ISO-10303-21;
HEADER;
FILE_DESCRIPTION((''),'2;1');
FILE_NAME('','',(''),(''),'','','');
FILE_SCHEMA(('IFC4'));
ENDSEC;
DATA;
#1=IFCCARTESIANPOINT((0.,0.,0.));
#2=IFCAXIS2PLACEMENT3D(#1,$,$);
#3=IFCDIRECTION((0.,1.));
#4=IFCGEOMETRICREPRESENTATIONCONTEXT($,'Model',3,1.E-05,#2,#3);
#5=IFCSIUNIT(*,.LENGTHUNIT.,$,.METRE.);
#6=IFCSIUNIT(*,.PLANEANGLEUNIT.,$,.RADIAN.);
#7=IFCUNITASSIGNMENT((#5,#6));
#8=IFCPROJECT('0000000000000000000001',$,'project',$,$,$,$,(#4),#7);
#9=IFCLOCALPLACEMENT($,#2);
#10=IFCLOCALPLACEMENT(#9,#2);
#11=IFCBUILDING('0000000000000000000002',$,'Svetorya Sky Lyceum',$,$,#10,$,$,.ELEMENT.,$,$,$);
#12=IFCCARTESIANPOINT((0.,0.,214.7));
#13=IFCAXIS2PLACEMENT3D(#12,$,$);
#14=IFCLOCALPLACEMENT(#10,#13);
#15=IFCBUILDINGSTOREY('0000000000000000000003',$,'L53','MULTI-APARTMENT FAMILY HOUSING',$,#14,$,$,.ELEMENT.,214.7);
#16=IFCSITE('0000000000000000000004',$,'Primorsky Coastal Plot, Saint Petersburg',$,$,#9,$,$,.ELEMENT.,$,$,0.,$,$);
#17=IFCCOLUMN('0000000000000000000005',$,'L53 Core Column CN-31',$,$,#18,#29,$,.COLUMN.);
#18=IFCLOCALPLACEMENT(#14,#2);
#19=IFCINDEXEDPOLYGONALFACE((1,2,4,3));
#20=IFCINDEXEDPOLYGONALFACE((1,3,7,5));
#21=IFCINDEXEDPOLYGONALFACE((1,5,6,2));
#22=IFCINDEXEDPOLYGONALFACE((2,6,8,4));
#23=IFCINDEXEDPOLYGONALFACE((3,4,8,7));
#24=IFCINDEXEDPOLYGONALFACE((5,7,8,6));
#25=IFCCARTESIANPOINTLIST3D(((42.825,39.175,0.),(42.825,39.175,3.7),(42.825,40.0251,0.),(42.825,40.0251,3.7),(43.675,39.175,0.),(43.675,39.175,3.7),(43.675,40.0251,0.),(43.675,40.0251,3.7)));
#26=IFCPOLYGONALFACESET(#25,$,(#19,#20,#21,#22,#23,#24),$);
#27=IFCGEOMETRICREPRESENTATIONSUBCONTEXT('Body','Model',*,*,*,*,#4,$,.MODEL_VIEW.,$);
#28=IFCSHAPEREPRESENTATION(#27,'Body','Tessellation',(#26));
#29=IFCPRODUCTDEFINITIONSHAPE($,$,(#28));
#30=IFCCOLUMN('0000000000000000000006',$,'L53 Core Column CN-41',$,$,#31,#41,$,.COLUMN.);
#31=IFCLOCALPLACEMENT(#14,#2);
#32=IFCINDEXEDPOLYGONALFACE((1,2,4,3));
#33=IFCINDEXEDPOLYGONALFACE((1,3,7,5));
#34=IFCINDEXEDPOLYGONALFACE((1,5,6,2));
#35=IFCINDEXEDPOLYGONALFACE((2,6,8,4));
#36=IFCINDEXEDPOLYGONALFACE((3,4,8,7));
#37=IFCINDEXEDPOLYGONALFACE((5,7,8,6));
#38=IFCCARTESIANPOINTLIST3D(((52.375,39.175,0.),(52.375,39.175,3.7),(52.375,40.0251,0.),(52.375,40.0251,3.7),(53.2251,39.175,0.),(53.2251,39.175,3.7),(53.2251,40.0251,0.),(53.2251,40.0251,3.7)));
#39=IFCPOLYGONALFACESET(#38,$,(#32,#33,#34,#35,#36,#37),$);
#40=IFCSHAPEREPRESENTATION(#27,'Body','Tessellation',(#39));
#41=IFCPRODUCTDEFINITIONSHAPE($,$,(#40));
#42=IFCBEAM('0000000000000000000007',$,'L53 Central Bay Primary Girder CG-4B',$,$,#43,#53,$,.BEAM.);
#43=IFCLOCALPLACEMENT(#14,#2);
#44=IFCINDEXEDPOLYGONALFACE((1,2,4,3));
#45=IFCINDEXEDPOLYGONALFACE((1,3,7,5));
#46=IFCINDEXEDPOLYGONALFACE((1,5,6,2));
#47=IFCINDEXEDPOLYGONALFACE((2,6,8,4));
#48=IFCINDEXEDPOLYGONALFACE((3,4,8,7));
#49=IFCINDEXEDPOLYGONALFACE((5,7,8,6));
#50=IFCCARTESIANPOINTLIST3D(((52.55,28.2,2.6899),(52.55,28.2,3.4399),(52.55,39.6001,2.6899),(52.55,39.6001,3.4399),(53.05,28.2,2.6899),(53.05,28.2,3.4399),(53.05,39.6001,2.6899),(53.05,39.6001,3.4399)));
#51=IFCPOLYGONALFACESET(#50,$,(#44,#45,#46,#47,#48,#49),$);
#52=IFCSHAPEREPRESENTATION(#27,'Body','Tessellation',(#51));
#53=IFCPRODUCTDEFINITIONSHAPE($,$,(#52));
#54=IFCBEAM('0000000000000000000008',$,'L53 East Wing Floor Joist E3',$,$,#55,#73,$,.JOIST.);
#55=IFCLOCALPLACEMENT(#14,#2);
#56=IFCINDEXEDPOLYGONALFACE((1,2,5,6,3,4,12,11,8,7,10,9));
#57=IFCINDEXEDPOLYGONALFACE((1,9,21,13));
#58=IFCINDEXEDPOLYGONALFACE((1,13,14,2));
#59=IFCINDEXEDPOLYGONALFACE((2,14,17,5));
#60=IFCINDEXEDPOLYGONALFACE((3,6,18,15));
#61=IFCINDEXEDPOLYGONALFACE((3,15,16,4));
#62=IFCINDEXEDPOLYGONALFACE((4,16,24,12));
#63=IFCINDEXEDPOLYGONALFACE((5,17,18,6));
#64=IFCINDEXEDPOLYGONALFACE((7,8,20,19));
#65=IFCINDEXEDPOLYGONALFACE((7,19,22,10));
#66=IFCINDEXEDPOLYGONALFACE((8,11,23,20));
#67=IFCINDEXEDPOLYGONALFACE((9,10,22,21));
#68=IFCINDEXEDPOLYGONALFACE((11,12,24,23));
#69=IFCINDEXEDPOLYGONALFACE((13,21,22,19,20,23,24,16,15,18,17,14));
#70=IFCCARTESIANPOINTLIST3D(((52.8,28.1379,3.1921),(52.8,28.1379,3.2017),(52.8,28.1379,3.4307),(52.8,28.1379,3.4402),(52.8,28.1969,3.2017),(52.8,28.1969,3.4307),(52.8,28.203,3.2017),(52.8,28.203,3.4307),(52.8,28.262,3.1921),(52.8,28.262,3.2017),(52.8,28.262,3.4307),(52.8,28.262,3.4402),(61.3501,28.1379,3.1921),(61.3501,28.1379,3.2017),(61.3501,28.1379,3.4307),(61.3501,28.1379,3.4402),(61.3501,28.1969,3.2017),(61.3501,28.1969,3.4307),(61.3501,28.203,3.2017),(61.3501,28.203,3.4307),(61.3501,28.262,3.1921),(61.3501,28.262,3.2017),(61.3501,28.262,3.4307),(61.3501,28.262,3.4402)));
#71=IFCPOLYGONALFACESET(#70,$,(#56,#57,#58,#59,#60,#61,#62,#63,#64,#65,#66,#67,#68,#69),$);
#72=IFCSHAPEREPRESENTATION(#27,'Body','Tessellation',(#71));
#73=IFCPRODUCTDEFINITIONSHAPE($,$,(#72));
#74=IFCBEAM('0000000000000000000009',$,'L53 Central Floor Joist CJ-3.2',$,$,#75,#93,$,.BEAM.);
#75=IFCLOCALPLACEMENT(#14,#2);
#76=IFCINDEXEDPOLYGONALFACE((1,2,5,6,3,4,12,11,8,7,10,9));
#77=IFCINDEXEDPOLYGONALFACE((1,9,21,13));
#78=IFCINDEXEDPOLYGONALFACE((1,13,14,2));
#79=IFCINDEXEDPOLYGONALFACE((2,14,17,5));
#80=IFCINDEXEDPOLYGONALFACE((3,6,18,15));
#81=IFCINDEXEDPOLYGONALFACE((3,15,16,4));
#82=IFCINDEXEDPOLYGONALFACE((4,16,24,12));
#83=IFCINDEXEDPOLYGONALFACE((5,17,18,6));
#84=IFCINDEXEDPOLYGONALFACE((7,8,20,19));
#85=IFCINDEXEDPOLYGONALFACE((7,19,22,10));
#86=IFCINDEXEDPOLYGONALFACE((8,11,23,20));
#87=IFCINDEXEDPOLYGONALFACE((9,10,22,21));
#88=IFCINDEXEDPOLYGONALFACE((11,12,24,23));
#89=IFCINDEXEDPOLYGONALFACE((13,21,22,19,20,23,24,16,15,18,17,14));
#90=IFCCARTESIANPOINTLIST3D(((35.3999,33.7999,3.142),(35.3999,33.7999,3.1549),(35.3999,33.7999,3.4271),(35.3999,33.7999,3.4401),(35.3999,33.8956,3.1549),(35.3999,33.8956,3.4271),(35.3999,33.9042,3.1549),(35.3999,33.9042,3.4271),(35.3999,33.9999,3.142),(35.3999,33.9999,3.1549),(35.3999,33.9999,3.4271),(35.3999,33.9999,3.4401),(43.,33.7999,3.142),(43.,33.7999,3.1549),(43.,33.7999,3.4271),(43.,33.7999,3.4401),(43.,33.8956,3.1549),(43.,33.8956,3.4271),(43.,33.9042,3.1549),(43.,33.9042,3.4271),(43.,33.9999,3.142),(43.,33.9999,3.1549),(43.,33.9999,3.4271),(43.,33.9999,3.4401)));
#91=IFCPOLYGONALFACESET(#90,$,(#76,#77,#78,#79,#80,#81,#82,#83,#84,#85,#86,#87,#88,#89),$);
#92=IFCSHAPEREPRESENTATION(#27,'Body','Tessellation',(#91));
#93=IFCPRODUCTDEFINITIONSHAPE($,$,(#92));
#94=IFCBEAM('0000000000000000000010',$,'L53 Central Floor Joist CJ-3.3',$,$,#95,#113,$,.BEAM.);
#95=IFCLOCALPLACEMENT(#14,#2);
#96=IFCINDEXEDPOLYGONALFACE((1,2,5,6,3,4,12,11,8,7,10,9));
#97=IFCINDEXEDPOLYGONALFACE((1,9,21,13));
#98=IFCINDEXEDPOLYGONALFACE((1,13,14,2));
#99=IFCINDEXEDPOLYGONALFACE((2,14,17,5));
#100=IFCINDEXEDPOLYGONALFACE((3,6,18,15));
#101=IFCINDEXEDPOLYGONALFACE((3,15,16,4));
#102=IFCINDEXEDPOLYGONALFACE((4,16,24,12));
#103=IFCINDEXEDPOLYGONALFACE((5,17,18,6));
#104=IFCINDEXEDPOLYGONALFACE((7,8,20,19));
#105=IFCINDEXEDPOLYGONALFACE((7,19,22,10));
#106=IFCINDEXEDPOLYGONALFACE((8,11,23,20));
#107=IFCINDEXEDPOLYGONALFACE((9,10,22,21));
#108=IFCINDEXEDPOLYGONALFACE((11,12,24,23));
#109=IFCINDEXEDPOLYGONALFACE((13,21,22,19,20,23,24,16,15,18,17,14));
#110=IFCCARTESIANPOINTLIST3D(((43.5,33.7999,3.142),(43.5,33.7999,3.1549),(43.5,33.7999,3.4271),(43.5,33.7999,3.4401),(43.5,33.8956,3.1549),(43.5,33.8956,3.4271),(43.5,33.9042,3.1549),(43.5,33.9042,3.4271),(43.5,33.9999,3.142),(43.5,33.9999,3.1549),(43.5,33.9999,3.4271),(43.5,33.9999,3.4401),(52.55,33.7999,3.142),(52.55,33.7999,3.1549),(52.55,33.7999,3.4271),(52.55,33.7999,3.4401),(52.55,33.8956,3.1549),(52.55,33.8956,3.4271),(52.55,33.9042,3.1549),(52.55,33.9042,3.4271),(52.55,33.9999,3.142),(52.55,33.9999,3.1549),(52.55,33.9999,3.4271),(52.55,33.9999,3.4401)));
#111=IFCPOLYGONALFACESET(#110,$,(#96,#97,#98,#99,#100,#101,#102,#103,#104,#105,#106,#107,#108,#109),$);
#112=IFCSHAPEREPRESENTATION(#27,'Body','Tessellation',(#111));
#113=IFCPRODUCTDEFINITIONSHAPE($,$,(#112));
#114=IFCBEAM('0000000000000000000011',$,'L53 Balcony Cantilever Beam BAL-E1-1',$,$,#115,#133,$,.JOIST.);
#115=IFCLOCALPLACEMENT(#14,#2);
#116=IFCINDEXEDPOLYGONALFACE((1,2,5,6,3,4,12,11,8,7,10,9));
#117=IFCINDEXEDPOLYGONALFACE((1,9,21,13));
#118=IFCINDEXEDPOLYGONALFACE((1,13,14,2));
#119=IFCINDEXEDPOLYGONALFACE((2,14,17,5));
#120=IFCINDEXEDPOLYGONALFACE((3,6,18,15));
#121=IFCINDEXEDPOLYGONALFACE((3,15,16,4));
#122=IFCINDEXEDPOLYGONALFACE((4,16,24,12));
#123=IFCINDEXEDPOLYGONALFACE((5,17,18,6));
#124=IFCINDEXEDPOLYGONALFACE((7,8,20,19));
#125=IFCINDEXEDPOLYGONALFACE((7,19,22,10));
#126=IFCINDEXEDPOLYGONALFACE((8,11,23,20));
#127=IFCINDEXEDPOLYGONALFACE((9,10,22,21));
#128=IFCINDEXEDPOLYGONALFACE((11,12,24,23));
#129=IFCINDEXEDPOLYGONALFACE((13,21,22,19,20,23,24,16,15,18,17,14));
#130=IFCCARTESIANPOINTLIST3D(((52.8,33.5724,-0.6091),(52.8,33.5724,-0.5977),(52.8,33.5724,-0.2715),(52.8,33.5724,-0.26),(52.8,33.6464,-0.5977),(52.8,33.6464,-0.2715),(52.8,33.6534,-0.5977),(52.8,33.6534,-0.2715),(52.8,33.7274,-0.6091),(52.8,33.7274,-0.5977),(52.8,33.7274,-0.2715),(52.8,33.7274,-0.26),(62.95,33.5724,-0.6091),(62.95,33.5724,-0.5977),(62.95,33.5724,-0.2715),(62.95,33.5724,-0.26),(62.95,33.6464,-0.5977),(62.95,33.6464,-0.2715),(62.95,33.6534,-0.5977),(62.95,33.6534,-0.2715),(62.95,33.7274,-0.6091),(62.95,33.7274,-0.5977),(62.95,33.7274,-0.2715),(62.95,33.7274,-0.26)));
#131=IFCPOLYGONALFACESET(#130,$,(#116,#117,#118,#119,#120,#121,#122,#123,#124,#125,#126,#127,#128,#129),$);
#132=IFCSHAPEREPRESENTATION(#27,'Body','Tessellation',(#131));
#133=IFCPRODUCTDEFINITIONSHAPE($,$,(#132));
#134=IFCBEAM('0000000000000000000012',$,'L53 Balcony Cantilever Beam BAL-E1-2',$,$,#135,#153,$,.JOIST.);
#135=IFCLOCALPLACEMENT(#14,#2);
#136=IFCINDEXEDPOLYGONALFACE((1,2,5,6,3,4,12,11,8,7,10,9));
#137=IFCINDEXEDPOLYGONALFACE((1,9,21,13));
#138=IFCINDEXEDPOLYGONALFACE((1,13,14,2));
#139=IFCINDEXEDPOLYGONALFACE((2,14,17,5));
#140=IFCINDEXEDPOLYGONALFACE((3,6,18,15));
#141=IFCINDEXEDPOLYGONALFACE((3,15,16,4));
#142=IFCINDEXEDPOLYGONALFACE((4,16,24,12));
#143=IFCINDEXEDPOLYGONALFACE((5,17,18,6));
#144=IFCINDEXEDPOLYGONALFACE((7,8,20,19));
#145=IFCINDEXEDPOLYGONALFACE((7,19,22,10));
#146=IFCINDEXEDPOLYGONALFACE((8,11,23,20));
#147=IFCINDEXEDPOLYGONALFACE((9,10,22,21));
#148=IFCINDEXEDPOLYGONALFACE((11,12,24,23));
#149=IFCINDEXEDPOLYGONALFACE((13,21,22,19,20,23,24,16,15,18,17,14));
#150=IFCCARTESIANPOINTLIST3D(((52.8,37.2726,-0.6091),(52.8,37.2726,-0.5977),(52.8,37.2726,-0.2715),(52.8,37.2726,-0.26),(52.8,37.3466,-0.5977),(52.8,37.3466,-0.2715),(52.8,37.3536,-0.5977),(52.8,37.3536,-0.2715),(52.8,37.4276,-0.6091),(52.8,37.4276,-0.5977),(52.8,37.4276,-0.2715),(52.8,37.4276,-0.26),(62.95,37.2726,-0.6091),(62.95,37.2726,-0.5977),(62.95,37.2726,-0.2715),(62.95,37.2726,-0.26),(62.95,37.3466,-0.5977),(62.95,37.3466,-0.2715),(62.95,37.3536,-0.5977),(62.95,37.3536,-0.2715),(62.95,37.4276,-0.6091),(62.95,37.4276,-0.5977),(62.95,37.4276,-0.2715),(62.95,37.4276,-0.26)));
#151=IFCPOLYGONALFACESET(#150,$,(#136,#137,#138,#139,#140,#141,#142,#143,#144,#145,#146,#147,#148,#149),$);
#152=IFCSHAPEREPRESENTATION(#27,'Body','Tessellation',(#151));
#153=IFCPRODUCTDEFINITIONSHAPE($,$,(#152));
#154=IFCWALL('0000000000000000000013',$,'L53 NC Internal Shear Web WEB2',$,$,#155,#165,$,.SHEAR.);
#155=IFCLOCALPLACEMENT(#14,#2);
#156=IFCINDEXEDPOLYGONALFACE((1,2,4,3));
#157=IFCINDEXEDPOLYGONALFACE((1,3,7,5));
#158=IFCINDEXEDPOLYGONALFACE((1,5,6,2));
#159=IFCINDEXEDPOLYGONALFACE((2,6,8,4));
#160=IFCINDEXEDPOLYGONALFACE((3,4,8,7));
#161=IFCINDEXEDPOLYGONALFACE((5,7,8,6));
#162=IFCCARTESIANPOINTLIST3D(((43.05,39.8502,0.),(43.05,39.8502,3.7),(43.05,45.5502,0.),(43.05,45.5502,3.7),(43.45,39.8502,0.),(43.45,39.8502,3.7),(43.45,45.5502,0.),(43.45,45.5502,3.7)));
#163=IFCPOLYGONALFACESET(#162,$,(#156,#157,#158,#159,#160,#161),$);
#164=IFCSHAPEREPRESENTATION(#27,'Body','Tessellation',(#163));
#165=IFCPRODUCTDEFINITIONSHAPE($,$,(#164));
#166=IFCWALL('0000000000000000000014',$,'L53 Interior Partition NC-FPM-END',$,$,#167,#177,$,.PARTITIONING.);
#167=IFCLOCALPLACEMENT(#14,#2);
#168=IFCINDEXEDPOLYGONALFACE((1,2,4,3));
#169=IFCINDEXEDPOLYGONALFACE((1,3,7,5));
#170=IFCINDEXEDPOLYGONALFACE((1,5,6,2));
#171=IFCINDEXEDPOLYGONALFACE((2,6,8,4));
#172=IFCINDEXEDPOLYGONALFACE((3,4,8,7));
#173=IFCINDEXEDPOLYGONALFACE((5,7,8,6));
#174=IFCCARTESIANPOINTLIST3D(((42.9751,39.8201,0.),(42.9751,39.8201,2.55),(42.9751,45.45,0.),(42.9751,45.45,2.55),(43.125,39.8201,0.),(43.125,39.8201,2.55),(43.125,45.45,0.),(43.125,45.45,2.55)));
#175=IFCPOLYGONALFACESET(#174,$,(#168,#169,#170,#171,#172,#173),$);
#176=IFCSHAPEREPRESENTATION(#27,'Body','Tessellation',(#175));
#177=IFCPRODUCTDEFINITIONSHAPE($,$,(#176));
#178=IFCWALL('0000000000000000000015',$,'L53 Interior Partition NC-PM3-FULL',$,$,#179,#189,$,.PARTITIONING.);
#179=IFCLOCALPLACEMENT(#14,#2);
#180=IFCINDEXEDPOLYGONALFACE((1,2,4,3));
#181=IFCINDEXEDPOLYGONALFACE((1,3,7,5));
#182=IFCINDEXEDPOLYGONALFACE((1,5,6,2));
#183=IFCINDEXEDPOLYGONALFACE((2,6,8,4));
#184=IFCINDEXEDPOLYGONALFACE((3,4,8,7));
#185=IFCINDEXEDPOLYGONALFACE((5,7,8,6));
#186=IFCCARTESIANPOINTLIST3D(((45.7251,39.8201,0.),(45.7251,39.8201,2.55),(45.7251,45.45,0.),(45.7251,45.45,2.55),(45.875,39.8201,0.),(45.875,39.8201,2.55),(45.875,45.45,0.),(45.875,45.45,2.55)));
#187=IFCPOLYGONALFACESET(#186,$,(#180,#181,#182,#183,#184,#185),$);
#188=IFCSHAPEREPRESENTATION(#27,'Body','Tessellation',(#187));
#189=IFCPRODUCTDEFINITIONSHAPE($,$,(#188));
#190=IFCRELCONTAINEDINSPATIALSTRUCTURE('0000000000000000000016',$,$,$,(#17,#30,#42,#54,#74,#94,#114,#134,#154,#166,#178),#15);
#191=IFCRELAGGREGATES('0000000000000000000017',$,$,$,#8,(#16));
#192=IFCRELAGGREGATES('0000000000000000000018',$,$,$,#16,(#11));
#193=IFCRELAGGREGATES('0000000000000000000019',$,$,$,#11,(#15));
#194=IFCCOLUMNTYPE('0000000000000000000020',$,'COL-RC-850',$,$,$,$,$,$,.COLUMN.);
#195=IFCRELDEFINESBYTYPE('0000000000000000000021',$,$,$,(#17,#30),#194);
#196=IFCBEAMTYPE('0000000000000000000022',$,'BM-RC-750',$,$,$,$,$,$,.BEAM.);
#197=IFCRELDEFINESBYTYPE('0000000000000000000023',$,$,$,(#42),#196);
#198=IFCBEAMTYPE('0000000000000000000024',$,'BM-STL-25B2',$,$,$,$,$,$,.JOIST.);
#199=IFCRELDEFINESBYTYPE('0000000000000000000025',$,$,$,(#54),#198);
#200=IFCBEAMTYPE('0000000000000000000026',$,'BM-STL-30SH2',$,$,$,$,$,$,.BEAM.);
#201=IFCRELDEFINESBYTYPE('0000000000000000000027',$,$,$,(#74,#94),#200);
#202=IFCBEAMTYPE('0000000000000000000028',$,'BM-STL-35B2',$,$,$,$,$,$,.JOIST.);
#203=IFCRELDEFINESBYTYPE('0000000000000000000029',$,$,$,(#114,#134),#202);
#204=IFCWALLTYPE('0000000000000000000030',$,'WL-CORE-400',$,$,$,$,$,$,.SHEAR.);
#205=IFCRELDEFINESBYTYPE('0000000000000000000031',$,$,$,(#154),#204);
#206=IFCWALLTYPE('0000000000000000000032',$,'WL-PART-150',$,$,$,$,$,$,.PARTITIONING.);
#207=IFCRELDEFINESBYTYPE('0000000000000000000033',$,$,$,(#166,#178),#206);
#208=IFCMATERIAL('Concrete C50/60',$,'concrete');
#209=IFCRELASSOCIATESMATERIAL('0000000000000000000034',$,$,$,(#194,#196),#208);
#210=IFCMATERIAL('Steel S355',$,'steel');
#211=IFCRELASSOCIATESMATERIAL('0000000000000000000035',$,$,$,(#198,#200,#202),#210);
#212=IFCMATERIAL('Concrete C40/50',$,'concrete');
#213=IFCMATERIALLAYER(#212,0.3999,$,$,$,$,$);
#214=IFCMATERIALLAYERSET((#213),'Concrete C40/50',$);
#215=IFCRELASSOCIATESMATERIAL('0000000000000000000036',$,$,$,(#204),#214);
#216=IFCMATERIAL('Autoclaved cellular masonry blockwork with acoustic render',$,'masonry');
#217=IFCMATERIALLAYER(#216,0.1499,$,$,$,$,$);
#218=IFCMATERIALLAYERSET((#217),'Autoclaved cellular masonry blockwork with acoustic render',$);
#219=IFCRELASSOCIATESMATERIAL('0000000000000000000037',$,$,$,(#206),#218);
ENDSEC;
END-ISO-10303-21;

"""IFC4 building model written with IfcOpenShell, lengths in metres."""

from ifc_helpers import new_model, si_unit, direction, frame, frame_2d, origin, origin_2d, place, context, subcontext, project, spatial, rectangle, i_section, extrude, material, layer, layer_set, material_profile, profile_set, type_object, element, save


model = new_model("IFC4")

# Units and contexts
model_context = context("Model", 3, precision=1e-05, world=origin(), true_north=direction((0.0, 1.0)))
body_context = subcontext(model_context, "Body", "Model", "MODEL_VIEW")
ifc_project = project(units=[si_unit("LENGTHUNIT", "METRE"), si_unit("PLANEANGLEUNIT", "RADIAN")], contexts=[model_context])

# Site, building, storey
site_placement = place(None, origin())
site = spatial("IfcSite", under=ifc_project, at=site_placement, Name="Primorsky Coastal Plot, Saint Petersburg", CompositionType="ELEMENT", RefElevation=0.0)
building_placement = place(site_placement, origin())
building = spatial("IfcBuilding", under=site, at=building_placement, Name="Svetorya Sky Lyceum", CompositionType="ELEMENT")
storey_placement = place(building_placement, frame((0.0, 0.0, 214.7)))
storey = spatial("IfcBuildingStorey", under=building, at=storey_placement, Name="L53", Description="MULTI-APARTMENT FAMILY HOUSING", CompositionType="ELEMENT", Elevation=214.7)

# Columns
ifc_material_1 = material(Name="Concrete C50/60", Category="concrete")
ifc_material_profile_1 = material_profile(ifc_material_1, rectangle(XDim=0.8501, YDim=0.8501, at=origin_2d()), Name="RC COL 850x850")
ifc_profile_set_1 = profile_set([ifc_material_profile_1], Name="Concrete C50/60")
column_type = type_object("IfcColumnType", Name="COL-RC-850", PredefinedType="COLUMN", material=ifc_profile_set_1)
for number, where, z_axis, x_axis, name in (
    (1, (43.25, 39.6001, 0.0), (0.0, 0.0, 1.0), (1.0, 0.0, 0.0), "L53 Core Column CN-31"),
    (2, (52.8, 39.6001, 0.0), (0.0, 0.0, 1.0), (1.0, 0.0, 0.0), "L53 Core Column CN-41"),
):
    element("IfcColumn", number, at=place(storey_placement, frame(where, z_axis=z_axis, x_axis=x_axis)), inside=storey, type_object=column_type, Name=name, PredefinedType="COLUMN", context=body_context, shape_type="SweptSolid", body=[
        extrude(rectangle(XDim=0.8501, YDim=0.8501, at=origin_2d()), origin(), (0.0, 0.0, 1.0), 3.7),
    ])

# Beams
ifc_material_profile_2 = material_profile(ifc_material_1, rectangle(XDim=0.5, YDim=0.75, at=origin_2d()), Name="RC BEAM 500x750")
ifc_profile_set_2 = profile_set([ifc_material_profile_2], Name="Concrete C50/60")
beam_type_1 = type_object("IfcBeamType", Name="BM-RC-750", PredefinedType="BEAM", material=ifc_profile_set_2)
beam_1_placement = place(storey_placement, frame((52.8, 28.2, 3.0649), z_axis=(0.0, 1.0, 0.0), x_axis=(-1.0, 0.0, 0.0)))
element("IfcBeam", 3, at=beam_1_placement, inside=storey, type_object=beam_type_1, Name="L53 Central Bay Primary Girder CG-4B", PredefinedType="BEAM", context=body_context, shape_type="SweptSolid", body=[
    extrude(rectangle(XDim=0.5, YDim=0.75, at=origin_2d()), origin(), (0.0, 0.0, 1.0), 11.4001),
])
ifc_material_2 = material(Name="Steel S355", Category="steel")
ifc_material_profile_3 = material_profile(ifc_material_2, i_section(OverallWidth=0.124, OverallDepth=0.248, WebThickness=0.0061, FlangeThickness=0.0095, at=origin_2d()), Name="GOST 25B2")
ifc_profile_set_3 = profile_set([ifc_material_profile_3], Name="Steel S355")
beam_type_2 = type_object("IfcBeamType", Name="BM-STL-25B2", PredefinedType="JOIST", material=ifc_profile_set_3)
beam_2_placement = place(storey_placement, frame((52.8, 28.2, 3.3162), z_axis=(1.0, 0.0, 0.0), x_axis=(0.0, 1.0, 0.0)))
element("IfcBeam", 4, at=beam_2_placement, inside=storey, type_object=beam_type_2, Name="L53 East Wing Floor Joist E3", PredefinedType="JOIST", context=body_context, shape_type="SweptSolid", body=[
    extrude(i_section(OverallWidth=0.124, OverallDepth=0.248, WebThickness=0.0061, FlangeThickness=0.0095, at=origin_2d()), origin(), (0.0, 0.0, 1.0), 8.55),
])
ifc_material_profile_4 = material_profile(ifc_material_2, i_section(OverallWidth=0.2, OverallDepth=0.2981, WebThickness=0.0085, FlangeThickness=0.0129, at=origin_2d()), Name="GOST 30Sh2")
ifc_profile_set_4 = profile_set([ifc_material_profile_4], Name="Steel S355")
beam_type_3 = type_object("IfcBeamType", Name="BM-STL-30SH2", PredefinedType="BEAM", material=ifc_profile_set_4)
beam_3_placement = place(storey_placement, frame((35.3999, 33.8999, 3.291), z_axis=(1.0, 0.0, 0.0), x_axis=(0.0, 1.0, 0.0)))
element("IfcBeam", 5, at=beam_3_placement, inside=storey, type_object=beam_type_3, Name="L53 Central Floor Joist CJ-3.2", PredefinedType="BEAM", context=body_context, shape_type="SweptSolid", body=[
    extrude(i_section(OverallWidth=0.2, OverallDepth=0.2981, WebThickness=0.0085, FlangeThickness=0.0129, at=origin_2d()), origin(), (0.0, 0.0, 1.0), 7.6001),
])
beam_4_placement = place(storey_placement, frame((43.5, 33.8999, 3.291), z_axis=(1.0, 0.0, 0.0), x_axis=(0.0, 1.0, 0.0)))
element("IfcBeam", 6, at=beam_4_placement, inside=storey, type_object=beam_type_3, Name="L53 Central Floor Joist CJ-3.3", PredefinedType="BEAM", context=body_context, shape_type="SweptSolid", body=[
    extrude(i_section(OverallWidth=0.2, OverallDepth=0.2981, WebThickness=0.0085, FlangeThickness=0.0129, at=origin_2d()), origin(), (0.0, 0.0, 1.0), 9.05),
])
ifc_material_profile_5 = material_profile(ifc_material_2, i_section(OverallWidth=0.155, OverallDepth=0.3491, WebThickness=0.0071, FlangeThickness=0.0115, at=origin_2d()), Name="GOST 35B2")
ifc_profile_set_5 = profile_set([ifc_material_profile_5], Name="Steel S355")
beam_type_4 = type_object("IfcBeamType", Name="BM-STL-35B2", PredefinedType="JOIST", material=ifc_profile_set_5)
for number, where, z_axis, x_axis, name in (
    (7, (52.8, 33.6499, -0.4346), (1.0, 0.0, 0.0), (0.0, 1.0, 0.0), "L53 Balcony Cantilever Beam BAL-E1-1"),
    (8, (52.8, 37.3501, -0.4346), (1.0, 0.0, 0.0), (0.0, 1.0, 0.0), "L53 Balcony Cantilever Beam BAL-E1-2"),
):
    element("IfcBeam", number, at=place(storey_placement, frame(where, z_axis=z_axis, x_axis=x_axis)), inside=storey, type_object=beam_type_4, Name=name, PredefinedType="JOIST", context=body_context, shape_type="SweptSolid", body=[
        extrude(i_section(OverallWidth=0.155, OverallDepth=0.3491, WebThickness=0.0071, FlangeThickness=0.0115, at=origin_2d()), origin(), (0.0, 0.0, 1.0), 10.1499),
    ])

# Wall
ifc_material_3 = material(Name="Concrete C40/50", Category="concrete")
ifc_layer_1 = layer(ifc_material_3, 0.3999)
ifc_layer_set_1 = layer_set([ifc_layer_1], Name="Concrete C40/50")
wall_type_1 = type_object("IfcWallType", Name="WL-CORE-400", PredefinedType="SHEAR", material=ifc_layer_set_1)
wall_1_placement = place(storey_placement, frame((43.25, 39.8501, 0.0), z_axis=(0.0, 0.0, 1.0), x_axis=(0.0, 1.0, 0.0)))
element("IfcWall", 9, at=wall_1_placement, inside=storey, type_object=wall_type_1, Name="L53 NC Internal Shear Web WEB2", PredefinedType="SHEAR", context=body_context, shape_type="SweptSolid", body=[
    extrude(rectangle(XDim=5.7, YDim=0.3999, at=frame_2d((2.8501, 0.0))), origin(), (0.0, 0.0, 1.0), 3.7),
])

# Walls
ifc_material_4 = material(Name="Autoclaved cellular masonry blockwork with acoustic render", Category="masonry")
ifc_layer_2 = layer(ifc_material_4, 0.1499)
ifc_layer_set_2 = layer_set([ifc_layer_2], Name="Autoclaved cellular masonry blockwork with acoustic render")
wall_type_2 = type_object("IfcWallType", Name="WL-PART-150", PredefinedType="PARTITIONING", material=ifc_layer_set_2)
for number, where, z_axis, x_axis, name in (
    (10, (43.05, 39.8201, 0.0), (0.0, 0.0, 1.0), (0.0, 1.0, 0.0), "L53 Interior Partition NC-FPM-END"),
    (11, (45.8, 39.8201, 0.0), (0.0, 0.0, 1.0), (0.0, 1.0, 0.0), "L53 Interior Partition NC-PM3-FULL"),
):
    element("IfcWall", number, at=place(storey_placement, frame(where, z_axis=z_axis, x_axis=x_axis)), inside=storey, type_object=wall_type_2, Name=name, PredefinedType="PARTITIONING", context=body_context, shape_type="SweptSolid", body=[
        extrude(rectangle(XDim=5.6299, YDim=0.1499, at=frame_2d((2.8149, 0.0))), origin(), (0.0, 0.0, 1.0), 2.55),
    ])

save(model, "model.ifc")
